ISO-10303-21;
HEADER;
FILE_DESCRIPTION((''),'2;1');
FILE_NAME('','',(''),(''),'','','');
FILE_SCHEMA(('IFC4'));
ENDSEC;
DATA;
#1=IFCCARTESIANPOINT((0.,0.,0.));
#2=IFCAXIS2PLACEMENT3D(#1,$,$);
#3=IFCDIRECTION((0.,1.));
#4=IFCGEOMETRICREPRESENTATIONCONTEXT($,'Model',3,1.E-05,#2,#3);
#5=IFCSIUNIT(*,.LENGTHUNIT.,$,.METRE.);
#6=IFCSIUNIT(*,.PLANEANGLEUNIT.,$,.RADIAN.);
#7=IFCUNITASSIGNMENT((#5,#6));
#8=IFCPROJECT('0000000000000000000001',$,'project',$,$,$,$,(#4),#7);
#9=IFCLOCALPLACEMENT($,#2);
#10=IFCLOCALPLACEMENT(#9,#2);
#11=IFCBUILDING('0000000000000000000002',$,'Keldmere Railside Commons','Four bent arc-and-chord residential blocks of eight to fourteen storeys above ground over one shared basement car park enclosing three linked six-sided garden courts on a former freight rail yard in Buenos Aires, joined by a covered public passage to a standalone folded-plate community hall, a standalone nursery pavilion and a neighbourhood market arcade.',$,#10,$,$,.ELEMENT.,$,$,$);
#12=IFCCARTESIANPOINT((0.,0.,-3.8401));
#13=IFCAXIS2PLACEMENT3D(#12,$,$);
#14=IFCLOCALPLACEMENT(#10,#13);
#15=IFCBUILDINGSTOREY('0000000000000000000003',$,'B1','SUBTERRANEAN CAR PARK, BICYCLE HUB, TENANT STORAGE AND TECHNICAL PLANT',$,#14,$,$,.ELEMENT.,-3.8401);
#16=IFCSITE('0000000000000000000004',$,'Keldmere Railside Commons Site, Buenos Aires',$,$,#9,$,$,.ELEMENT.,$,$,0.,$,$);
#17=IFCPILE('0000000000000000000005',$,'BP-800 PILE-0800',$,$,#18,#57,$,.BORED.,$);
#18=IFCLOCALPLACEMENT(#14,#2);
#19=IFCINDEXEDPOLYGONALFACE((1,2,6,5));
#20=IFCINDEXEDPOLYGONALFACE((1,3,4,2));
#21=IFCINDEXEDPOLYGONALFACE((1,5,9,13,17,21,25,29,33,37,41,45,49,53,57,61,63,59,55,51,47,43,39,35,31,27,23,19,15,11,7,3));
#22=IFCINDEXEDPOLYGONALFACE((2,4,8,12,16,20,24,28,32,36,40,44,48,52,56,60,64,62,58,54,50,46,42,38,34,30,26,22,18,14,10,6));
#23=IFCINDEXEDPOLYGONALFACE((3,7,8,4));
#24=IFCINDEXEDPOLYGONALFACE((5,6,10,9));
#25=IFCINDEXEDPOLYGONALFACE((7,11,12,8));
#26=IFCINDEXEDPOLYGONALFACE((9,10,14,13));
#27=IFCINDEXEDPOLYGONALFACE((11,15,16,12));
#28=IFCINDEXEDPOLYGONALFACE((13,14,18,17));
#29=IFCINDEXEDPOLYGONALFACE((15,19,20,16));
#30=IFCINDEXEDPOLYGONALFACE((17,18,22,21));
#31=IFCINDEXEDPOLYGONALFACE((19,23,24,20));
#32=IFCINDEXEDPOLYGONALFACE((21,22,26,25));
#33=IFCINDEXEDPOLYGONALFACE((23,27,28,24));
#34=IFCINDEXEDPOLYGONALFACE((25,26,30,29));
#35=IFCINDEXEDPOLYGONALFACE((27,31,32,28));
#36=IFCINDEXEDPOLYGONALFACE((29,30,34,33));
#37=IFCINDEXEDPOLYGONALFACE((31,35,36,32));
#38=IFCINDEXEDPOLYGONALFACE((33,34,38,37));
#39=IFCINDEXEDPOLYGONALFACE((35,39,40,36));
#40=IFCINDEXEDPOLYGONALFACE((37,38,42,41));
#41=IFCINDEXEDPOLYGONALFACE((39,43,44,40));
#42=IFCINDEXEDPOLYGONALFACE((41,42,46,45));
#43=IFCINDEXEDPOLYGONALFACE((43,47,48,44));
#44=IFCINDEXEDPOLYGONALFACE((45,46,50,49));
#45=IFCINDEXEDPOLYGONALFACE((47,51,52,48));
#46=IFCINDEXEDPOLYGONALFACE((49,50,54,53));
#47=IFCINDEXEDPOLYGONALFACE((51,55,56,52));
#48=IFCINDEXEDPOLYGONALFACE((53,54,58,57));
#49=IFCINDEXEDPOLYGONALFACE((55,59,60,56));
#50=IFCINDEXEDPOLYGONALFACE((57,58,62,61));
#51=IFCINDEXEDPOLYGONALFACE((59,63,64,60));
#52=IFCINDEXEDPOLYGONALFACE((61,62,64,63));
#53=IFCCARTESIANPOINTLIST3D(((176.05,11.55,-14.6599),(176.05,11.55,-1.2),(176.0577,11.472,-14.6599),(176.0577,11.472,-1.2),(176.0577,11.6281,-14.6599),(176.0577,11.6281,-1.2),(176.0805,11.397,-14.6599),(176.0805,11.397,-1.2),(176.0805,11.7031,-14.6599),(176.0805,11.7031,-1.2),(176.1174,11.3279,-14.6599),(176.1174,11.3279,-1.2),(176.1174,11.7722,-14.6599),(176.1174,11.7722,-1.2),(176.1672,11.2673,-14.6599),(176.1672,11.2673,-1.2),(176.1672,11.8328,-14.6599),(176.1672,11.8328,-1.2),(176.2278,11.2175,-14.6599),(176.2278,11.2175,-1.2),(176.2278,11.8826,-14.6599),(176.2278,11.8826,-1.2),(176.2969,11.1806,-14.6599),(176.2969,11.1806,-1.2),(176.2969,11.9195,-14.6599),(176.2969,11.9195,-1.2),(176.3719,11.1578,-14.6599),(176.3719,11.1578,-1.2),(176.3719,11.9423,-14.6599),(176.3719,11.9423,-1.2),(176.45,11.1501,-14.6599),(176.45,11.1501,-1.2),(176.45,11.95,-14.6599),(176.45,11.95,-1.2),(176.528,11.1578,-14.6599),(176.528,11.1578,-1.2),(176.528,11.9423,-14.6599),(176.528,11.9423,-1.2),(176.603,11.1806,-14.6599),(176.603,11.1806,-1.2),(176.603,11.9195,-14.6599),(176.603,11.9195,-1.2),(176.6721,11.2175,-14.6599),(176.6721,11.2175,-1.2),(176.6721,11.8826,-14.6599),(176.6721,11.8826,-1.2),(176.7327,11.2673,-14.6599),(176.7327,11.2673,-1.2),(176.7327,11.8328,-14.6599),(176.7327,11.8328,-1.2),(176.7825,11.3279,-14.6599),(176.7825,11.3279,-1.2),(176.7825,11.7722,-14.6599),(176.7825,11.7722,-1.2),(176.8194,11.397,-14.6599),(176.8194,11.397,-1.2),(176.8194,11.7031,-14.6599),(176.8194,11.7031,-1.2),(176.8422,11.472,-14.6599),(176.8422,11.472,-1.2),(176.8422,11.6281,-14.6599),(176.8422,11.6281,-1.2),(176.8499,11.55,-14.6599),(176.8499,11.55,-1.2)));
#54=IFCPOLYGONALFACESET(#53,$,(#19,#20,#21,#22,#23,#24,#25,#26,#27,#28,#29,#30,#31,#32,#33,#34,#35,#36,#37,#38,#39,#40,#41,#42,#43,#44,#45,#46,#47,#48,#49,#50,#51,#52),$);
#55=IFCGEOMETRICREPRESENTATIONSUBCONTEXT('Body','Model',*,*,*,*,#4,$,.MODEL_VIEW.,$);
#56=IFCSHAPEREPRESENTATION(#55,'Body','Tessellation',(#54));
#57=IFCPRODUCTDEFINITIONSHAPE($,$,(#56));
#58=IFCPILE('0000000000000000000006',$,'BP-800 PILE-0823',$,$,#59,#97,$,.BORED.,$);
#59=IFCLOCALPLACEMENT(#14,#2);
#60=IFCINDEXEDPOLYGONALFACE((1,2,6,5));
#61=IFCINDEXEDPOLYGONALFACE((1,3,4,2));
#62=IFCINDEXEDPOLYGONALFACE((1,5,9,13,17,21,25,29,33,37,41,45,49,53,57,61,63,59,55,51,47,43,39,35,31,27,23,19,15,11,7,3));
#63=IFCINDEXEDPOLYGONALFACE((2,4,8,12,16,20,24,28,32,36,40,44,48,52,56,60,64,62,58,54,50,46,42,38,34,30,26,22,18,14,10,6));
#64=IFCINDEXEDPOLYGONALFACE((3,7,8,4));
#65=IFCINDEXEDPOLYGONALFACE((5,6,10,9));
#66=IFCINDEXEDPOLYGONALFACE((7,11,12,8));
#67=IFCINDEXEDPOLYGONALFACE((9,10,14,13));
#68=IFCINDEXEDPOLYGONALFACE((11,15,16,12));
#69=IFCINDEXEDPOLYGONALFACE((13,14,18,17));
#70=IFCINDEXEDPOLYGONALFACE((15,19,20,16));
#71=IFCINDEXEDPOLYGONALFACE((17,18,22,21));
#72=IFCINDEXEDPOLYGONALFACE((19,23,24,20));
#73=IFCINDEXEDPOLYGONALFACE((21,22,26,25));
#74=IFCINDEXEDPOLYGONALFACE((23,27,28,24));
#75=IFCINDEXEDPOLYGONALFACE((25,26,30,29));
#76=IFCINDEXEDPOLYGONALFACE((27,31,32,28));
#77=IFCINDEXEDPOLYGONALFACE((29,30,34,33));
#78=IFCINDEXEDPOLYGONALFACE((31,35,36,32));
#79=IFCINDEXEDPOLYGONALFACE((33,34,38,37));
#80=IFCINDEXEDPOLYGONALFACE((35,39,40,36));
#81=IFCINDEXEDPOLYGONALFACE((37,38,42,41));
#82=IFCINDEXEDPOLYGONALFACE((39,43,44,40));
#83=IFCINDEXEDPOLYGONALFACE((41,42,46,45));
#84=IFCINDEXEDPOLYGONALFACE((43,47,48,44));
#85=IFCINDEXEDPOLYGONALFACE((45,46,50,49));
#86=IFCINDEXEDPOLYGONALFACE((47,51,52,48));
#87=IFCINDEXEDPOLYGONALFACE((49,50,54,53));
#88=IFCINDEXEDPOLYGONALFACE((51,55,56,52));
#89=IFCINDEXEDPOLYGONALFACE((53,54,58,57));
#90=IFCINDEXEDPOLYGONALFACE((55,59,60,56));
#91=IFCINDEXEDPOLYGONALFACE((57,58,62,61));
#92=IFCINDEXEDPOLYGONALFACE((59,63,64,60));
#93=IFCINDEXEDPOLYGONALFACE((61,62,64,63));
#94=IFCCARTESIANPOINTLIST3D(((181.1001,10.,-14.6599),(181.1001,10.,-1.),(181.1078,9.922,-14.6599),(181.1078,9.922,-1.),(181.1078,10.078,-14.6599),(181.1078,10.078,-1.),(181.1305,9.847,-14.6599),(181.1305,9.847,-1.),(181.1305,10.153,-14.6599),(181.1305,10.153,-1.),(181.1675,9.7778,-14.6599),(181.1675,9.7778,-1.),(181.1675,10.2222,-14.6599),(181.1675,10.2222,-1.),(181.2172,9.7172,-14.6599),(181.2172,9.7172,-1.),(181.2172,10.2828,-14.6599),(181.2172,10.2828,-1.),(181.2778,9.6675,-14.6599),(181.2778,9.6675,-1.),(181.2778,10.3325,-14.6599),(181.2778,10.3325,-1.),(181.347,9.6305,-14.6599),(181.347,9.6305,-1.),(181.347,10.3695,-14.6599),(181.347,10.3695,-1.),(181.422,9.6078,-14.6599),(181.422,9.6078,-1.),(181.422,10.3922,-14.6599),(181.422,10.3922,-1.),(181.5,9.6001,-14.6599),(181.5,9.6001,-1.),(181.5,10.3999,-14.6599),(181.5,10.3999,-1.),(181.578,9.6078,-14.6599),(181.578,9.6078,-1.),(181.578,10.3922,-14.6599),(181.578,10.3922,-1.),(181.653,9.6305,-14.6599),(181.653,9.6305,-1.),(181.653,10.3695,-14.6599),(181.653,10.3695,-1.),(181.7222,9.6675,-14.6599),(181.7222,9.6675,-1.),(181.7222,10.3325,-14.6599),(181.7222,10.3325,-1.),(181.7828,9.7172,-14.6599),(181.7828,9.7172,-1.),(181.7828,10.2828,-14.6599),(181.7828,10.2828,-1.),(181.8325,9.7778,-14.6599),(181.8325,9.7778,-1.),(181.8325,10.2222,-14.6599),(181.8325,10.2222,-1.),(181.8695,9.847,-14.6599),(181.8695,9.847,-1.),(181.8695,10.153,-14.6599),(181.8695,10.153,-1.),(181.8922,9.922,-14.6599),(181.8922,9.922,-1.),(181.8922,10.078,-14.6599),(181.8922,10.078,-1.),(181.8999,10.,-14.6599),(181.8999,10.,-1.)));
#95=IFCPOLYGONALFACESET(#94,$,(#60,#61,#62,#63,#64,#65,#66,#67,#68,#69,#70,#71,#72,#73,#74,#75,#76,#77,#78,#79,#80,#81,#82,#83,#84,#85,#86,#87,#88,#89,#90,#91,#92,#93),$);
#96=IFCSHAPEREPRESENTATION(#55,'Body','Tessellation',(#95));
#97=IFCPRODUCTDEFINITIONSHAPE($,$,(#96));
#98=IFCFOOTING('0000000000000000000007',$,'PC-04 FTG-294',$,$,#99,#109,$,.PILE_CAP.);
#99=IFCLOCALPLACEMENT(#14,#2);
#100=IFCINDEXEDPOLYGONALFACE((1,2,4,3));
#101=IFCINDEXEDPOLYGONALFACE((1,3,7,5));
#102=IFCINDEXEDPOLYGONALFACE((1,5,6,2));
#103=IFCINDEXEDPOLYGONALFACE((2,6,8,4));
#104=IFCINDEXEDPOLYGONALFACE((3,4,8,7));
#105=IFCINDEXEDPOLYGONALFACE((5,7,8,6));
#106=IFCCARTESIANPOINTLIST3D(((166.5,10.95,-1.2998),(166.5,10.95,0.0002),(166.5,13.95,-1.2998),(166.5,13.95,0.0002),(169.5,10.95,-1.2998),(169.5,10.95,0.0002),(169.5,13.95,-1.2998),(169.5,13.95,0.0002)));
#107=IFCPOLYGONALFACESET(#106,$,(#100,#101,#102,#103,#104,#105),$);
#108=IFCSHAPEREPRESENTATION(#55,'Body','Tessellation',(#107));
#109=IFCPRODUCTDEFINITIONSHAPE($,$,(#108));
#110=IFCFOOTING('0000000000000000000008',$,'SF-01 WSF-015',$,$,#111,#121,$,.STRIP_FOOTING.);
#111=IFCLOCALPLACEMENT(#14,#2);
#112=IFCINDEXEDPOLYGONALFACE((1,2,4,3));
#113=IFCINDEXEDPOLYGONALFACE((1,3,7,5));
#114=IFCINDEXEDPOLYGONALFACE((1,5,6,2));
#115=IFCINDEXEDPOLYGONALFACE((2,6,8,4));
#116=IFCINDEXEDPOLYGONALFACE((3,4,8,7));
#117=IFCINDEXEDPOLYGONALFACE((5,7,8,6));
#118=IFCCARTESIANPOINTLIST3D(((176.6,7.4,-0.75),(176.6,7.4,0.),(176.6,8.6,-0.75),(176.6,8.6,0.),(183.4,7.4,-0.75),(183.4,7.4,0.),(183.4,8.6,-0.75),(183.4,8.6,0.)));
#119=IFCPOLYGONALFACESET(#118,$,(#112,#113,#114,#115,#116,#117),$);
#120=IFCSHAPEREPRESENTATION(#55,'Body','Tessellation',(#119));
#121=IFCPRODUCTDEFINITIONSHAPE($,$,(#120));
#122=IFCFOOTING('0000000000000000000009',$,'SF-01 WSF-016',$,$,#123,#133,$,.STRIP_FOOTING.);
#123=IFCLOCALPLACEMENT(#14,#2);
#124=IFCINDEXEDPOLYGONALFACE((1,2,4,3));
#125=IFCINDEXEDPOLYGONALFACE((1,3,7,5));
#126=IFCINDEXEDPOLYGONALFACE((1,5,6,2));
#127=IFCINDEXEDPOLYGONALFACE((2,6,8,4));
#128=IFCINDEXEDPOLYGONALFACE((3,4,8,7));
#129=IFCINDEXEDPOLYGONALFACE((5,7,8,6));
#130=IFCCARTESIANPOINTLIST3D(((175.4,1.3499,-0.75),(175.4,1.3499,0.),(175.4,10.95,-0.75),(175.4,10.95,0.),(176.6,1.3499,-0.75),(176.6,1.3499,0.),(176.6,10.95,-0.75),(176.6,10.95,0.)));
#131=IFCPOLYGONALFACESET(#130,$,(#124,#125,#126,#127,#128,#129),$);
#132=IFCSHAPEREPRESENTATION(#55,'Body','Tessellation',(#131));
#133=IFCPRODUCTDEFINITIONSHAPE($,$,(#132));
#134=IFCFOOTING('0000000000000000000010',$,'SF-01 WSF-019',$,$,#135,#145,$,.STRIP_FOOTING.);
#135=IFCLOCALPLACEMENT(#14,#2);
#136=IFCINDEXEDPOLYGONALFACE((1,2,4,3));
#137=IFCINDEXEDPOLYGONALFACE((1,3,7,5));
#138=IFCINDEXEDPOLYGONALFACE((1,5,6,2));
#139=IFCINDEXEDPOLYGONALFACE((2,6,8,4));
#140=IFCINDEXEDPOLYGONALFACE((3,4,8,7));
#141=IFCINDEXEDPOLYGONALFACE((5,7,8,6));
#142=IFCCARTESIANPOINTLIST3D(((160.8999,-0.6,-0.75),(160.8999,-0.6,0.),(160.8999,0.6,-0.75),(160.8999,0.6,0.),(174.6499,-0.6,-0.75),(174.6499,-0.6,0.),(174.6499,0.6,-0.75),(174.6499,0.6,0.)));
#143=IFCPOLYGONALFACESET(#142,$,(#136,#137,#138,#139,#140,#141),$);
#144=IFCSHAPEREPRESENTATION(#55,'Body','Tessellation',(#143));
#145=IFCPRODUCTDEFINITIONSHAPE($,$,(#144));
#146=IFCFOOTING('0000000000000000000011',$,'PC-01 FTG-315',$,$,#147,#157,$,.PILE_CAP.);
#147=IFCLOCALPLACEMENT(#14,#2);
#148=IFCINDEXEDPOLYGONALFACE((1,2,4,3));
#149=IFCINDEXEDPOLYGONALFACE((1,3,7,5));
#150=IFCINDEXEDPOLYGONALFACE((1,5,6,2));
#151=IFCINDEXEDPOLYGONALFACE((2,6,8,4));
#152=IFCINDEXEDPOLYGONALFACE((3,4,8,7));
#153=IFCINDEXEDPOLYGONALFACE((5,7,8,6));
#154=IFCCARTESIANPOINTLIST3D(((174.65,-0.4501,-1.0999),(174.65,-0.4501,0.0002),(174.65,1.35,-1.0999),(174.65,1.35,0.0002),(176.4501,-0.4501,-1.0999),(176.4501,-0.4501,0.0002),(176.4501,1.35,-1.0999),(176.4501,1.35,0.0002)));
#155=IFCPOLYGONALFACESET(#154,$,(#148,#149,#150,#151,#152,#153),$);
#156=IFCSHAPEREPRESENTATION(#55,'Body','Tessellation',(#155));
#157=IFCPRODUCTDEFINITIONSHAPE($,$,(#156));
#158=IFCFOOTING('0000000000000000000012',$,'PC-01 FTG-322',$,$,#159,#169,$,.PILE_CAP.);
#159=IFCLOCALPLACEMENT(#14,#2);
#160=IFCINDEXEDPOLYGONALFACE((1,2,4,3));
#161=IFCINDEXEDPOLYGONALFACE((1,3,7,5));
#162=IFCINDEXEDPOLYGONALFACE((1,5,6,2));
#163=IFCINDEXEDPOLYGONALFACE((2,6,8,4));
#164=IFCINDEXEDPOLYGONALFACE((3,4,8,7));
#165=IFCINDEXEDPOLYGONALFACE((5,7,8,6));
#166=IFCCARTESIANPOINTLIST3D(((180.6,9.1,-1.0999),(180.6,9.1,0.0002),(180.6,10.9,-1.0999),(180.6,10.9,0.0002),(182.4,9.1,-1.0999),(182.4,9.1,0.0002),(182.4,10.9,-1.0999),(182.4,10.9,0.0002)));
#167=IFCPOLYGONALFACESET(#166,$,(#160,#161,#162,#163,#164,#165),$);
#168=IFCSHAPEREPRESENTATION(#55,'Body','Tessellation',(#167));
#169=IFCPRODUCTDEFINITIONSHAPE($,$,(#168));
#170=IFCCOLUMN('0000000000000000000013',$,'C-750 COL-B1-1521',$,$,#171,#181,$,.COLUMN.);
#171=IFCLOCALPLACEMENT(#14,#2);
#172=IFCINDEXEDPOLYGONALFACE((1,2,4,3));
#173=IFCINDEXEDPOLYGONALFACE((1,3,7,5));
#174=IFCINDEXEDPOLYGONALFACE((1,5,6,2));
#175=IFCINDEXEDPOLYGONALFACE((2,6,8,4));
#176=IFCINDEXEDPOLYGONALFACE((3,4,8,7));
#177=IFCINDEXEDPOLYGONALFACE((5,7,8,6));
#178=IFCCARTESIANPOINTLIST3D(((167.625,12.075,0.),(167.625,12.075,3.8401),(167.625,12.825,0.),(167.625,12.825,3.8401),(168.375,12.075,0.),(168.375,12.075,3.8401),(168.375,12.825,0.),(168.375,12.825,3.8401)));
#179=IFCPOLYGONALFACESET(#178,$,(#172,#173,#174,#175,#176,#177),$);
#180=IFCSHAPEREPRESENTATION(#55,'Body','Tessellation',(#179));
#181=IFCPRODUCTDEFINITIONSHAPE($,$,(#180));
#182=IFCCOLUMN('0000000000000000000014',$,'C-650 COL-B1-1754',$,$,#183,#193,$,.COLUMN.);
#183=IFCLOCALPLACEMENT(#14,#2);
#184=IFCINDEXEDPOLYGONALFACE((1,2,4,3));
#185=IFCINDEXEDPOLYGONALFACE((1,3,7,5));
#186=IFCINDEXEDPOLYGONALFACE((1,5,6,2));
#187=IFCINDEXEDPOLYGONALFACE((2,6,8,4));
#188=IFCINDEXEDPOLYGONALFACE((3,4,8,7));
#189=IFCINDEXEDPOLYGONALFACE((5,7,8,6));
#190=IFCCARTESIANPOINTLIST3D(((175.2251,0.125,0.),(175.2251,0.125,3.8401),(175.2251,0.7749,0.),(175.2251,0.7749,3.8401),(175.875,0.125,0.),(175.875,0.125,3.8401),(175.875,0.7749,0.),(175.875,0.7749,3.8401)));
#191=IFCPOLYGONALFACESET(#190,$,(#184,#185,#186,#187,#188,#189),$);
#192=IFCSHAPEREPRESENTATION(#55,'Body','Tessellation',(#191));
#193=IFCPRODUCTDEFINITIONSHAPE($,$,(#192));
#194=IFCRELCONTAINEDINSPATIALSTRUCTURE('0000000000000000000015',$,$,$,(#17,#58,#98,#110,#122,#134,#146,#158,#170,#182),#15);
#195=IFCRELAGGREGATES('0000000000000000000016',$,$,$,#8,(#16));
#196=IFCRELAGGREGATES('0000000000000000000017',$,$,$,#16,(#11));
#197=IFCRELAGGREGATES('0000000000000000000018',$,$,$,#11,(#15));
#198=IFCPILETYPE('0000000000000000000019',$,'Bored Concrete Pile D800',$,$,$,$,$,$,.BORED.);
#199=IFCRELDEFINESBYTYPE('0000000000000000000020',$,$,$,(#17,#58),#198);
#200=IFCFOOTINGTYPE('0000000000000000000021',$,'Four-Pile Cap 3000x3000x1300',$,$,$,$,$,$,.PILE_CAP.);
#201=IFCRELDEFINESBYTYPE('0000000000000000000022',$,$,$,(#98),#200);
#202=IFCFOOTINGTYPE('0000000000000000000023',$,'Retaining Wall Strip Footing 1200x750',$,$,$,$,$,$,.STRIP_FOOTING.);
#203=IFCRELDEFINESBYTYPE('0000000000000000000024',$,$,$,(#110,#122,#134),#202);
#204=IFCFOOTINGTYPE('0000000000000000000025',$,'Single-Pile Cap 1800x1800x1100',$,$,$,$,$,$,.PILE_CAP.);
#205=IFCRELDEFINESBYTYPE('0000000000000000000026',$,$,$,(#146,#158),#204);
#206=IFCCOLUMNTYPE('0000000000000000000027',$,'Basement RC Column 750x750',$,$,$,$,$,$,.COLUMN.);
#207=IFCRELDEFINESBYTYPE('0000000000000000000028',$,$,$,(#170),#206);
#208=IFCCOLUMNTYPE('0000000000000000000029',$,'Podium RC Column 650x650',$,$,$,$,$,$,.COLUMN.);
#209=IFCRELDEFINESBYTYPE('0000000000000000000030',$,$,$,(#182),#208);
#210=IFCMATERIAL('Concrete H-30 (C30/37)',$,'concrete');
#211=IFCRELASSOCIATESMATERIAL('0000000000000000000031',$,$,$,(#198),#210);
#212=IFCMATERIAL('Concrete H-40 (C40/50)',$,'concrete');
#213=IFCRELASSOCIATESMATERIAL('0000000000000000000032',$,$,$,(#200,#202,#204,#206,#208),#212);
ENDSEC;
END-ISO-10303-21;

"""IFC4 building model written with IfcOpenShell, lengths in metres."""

from ifc_helpers import new_model, si_unit, direction, frame, origin, origin_2d, place, context, subcontext, project, spatial, rectangle, circle, extrude, material, material_profile, profile_set, type_object, element, save


model = new_model("IFC4")

# Units and contexts
model_context = context("Model", 3, precision=1e-05, world=origin(), true_north=direction((0.0, 1.0)))
body_context = subcontext(model_context, "Body", "Model", "MODEL_VIEW")
ifc_project = project(units=[si_unit("LENGTHUNIT", "METRE"), si_unit("PLANEANGLEUNIT", "RADIAN")], contexts=[model_context])

# Site, building, storey
site_placement = place(None, origin())
site = spatial("IfcSite", under=ifc_project, at=site_placement, Name="Keldmere Railside Commons Site, Buenos Aires", CompositionType="ELEMENT", RefElevation=0.0)
building_placement = place(site_placement, origin())
building = spatial("IfcBuilding", under=site, at=building_placement, Name="Keldmere Railside Commons", Description="Four bent arc-and-chord residential blocks of eight to fourteen storeys above ground over one shared basement car park enclosing three linked six-sided garden courts on a former freight rail yard in Buenos Aires, joined by a covered public passage to a standalone folded-plate community hall, a standalone nursery pavilion and a neighbourhood market arcade.", CompositionType="ELEMENT")
storey_placement = place(building_placement, frame((0.0, 0.0, -3.8401)))
storey = spatial("IfcBuildingStorey", under=building, at=storey_placement, Name="B1", Description="SUBTERRANEAN CAR PARK, BICYCLE HUB, TENANT STORAGE AND TECHNICAL PLANT", CompositionType="ELEMENT", Elevation=-3.8401)

# Piles
ifc_material_1 = material(Name="Concrete H-30 (C30/37)", Category="concrete")
ifc_material_profile_1 = material_profile(ifc_material_1, circle(Radius=0.3999, at=origin_2d()), Name="PILE-D800")
ifc_profile_set_1 = profile_set([ifc_material_profile_1], Name="Concrete H-30 (C30/37)")
pile_type = type_object("IfcPileType", Name="Bored Concrete Pile D800", PredefinedType="BORED", material=ifc_profile_set_1)
for number, where, z_axis, x_axis, name in (
    (1, (176.45, 11.55, -1.2), (0.0, 0.0, -1.0), (1.0, 0.0, 0.0), "BP-800 PILE-0800"),
):
    element("IfcPile", number, at=place(storey_placement, frame(where, z_axis=z_axis, x_axis=x_axis)), inside=storey, type_object=pile_type, Name=name, PredefinedType="BORED", context=body_context, shape_type="SweptSolid", body=[
        extrude(circle(Radius=0.3999, at=origin_2d()), origin(), (0.0, 0.0, 1.0), 13.46),
    ])
pile_1_placement = place(storey_placement, frame((181.5, 10.0, -1.0), z_axis=(0.0, 0.0, -1.0), x_axis=(1.0, 0.0, 0.0)))
element("IfcPile", 2, at=pile_1_placement, inside=storey, type_object=pile_type, Name="BP-800 PILE-0823", PredefinedType="BORED", context=body_context, shape_type="SweptSolid", body=[
    extrude(circle(Radius=0.3999, at=origin_2d()), origin(), (0.0, 0.0, 1.0), 13.6599),
])

# Footings
ifc_material_2 = material(Name="Concrete H-40 (C40/50)", Category="concrete")
footing_type_1 = type_object("IfcFootingType", Name="Four-Pile Cap 3000x3000x1300", PredefinedType="PILE_CAP", material=ifc_material_2)
footing_1_placement = place(storey_placement, frame((168.0, 12.45, -1.2998), z_axis=(0.0, 0.0, 1.0), x_axis=(1.0, 0.0, 0.0)))
element("IfcFooting", 3, at=footing_1_placement, inside=storey, type_object=footing_type_1, Name="PC-04 FTG-294", PredefinedType="PILE_CAP", context=body_context, shape_type="SweptSolid", body=[
    extrude(rectangle(XDim=3.0, YDim=3.0, at=origin_2d()), origin(), (0.0, 0.0, 1.0), 1.3),
])
footing_type_2 = type_object("IfcFootingType", Name="Retaining Wall Strip Footing 1200x750", PredefinedType="STRIP_FOOTING", material=ifc_material_2)
footing_2_placement = place(storey_placement, frame((180.0, 8.0, -0.75), z_axis=(0.0, 0.0, 1.0), x_axis=(1.0, 0.0, 0.0)))
element("IfcFooting", 4, at=footing_2_placement, inside=storey, type_object=footing_type_2, Name="SF-01 WSF-015", PredefinedType="STRIP_FOOTING", context=body_context, shape_type="SweptSolid", body=[
    extrude(rectangle(XDim=6.8, YDim=1.2, at=origin_2d()), origin(), (0.0, 0.0, 1.0), 0.75),
])
footing_3_placement = place(storey_placement, frame((176.0, 6.1499, -0.75), z_axis=(0.0, 0.0, 1.0), x_axis=(0.0, 1.0, 0.0)))
element("IfcFooting", 5, at=footing_3_placement, inside=storey, type_object=footing_type_2, Name="SF-01 WSF-016", PredefinedType="STRIP_FOOTING", context=body_context, shape_type="SweptSolid", body=[
    extrude(rectangle(XDim=9.6001, YDim=1.2, at=origin_2d()), origin(), (0.0, 0.0, 1.0), 0.75),
])
footing_4_placement = place(storey_placement, frame((167.7749, 0.0, -0.75), z_axis=(0.0, 0.0, 1.0), x_axis=(1.0, 0.0, 0.0)))
element("IfcFooting", 6, at=footing_4_placement, inside=storey, type_object=footing_type_2, Name="SF-01 WSF-019", PredefinedType="STRIP_FOOTING", context=body_context, shape_type="SweptSolid", body=[
    extrude(rectangle(XDim=13.75, YDim=1.2, at=origin_2d()), origin(), (0.0, 0.0, 1.0), 0.75),
])
footing_type_3 = type_object("IfcFootingType", Name="Single-Pile Cap 1800x1800x1100", PredefinedType="PILE_CAP", material=ifc_material_2)
for number, where, z_axis, x_axis, name in (
    (7, (175.55, 0.45, -1.0999), (0.0, 0.0, 1.0), (1.0, 0.0, 0.0), "PC-01 FTG-315"),
    (8, (181.5, 10.0, -1.0999), (0.0, 0.0, 1.0), (1.0, 0.0, 0.0), "PC-01 FTG-322"),
):
    element("IfcFooting", number, at=place(storey_placement, frame(where, z_axis=z_axis, x_axis=x_axis)), inside=storey, type_object=footing_type_3, Name=name, PredefinedType="PILE_CAP", context=body_context, shape_type="SweptSolid", body=[
        extrude(rectangle(XDim=1.8, YDim=1.8, at=origin_2d()), origin(), (0.0, 0.0, 1.0), 1.1001),
    ])

# Columns
ifc_material_profile_2 = material_profile(ifc_material_2, rectangle(XDim=0.75, YDim=0.75, at=origin_2d()), Name="RC-750x750")
ifc_profile_set_2 = profile_set([ifc_material_profile_2], Name="Concrete H-40 (C40/50)")
column_type_1 = type_object("IfcColumnType", Name="Basement RC Column 750x750", PredefinedType="COLUMN", material=ifc_profile_set_2)
column_placement = place(storey_placement, frame((168.0, 12.45, 0.0), z_axis=(0.0, 0.0, 1.0), x_axis=(1.0, 0.0, 0.0)))
element("IfcColumn", 9, at=column_placement, inside=storey, type_object=column_type_1, Name="C-750 COL-B1-1521", PredefinedType="COLUMN", context=body_context, shape_type="SweptSolid", body=[
    extrude(rectangle(XDim=0.75, YDim=0.75, at=origin_2d()), origin(), (0.0, 0.0, 1.0), 3.8401),
])
ifc_material_profile_3 = material_profile(ifc_material_2, rectangle(XDim=0.6499, YDim=0.6499, at=origin_2d()), Name="RC-650x650")
ifc_profile_set_3 = profile_set([ifc_material_profile_3], Name="Concrete H-40 (C40/50)")
column_type_2 = type_object("IfcColumnType", Name="Podium RC Column 650x650", PredefinedType="COLUMN", material=ifc_profile_set_3)
for number, where, z_axis, x_axis, name in (
    (10, (175.55, 0.45, 0.0), (0.0, 0.0, 1.0), (1.0, 0.0, 0.0), "C-650 COL-B1-1754"),
):
    element("IfcColumn", number, at=place(storey_placement, frame(where, z_axis=z_axis, x_axis=x_axis)), inside=storey, type_object=column_type_2, Name=name, PredefinedType="COLUMN", context=body_context, shape_type="SweptSolid", body=[
        extrude(rectangle(XDim=0.6499, YDim=0.6499, at=origin_2d()), origin(), (0.0, 0.0, 1.0), 3.8401),
    ])

save(model, "model.ifc")
